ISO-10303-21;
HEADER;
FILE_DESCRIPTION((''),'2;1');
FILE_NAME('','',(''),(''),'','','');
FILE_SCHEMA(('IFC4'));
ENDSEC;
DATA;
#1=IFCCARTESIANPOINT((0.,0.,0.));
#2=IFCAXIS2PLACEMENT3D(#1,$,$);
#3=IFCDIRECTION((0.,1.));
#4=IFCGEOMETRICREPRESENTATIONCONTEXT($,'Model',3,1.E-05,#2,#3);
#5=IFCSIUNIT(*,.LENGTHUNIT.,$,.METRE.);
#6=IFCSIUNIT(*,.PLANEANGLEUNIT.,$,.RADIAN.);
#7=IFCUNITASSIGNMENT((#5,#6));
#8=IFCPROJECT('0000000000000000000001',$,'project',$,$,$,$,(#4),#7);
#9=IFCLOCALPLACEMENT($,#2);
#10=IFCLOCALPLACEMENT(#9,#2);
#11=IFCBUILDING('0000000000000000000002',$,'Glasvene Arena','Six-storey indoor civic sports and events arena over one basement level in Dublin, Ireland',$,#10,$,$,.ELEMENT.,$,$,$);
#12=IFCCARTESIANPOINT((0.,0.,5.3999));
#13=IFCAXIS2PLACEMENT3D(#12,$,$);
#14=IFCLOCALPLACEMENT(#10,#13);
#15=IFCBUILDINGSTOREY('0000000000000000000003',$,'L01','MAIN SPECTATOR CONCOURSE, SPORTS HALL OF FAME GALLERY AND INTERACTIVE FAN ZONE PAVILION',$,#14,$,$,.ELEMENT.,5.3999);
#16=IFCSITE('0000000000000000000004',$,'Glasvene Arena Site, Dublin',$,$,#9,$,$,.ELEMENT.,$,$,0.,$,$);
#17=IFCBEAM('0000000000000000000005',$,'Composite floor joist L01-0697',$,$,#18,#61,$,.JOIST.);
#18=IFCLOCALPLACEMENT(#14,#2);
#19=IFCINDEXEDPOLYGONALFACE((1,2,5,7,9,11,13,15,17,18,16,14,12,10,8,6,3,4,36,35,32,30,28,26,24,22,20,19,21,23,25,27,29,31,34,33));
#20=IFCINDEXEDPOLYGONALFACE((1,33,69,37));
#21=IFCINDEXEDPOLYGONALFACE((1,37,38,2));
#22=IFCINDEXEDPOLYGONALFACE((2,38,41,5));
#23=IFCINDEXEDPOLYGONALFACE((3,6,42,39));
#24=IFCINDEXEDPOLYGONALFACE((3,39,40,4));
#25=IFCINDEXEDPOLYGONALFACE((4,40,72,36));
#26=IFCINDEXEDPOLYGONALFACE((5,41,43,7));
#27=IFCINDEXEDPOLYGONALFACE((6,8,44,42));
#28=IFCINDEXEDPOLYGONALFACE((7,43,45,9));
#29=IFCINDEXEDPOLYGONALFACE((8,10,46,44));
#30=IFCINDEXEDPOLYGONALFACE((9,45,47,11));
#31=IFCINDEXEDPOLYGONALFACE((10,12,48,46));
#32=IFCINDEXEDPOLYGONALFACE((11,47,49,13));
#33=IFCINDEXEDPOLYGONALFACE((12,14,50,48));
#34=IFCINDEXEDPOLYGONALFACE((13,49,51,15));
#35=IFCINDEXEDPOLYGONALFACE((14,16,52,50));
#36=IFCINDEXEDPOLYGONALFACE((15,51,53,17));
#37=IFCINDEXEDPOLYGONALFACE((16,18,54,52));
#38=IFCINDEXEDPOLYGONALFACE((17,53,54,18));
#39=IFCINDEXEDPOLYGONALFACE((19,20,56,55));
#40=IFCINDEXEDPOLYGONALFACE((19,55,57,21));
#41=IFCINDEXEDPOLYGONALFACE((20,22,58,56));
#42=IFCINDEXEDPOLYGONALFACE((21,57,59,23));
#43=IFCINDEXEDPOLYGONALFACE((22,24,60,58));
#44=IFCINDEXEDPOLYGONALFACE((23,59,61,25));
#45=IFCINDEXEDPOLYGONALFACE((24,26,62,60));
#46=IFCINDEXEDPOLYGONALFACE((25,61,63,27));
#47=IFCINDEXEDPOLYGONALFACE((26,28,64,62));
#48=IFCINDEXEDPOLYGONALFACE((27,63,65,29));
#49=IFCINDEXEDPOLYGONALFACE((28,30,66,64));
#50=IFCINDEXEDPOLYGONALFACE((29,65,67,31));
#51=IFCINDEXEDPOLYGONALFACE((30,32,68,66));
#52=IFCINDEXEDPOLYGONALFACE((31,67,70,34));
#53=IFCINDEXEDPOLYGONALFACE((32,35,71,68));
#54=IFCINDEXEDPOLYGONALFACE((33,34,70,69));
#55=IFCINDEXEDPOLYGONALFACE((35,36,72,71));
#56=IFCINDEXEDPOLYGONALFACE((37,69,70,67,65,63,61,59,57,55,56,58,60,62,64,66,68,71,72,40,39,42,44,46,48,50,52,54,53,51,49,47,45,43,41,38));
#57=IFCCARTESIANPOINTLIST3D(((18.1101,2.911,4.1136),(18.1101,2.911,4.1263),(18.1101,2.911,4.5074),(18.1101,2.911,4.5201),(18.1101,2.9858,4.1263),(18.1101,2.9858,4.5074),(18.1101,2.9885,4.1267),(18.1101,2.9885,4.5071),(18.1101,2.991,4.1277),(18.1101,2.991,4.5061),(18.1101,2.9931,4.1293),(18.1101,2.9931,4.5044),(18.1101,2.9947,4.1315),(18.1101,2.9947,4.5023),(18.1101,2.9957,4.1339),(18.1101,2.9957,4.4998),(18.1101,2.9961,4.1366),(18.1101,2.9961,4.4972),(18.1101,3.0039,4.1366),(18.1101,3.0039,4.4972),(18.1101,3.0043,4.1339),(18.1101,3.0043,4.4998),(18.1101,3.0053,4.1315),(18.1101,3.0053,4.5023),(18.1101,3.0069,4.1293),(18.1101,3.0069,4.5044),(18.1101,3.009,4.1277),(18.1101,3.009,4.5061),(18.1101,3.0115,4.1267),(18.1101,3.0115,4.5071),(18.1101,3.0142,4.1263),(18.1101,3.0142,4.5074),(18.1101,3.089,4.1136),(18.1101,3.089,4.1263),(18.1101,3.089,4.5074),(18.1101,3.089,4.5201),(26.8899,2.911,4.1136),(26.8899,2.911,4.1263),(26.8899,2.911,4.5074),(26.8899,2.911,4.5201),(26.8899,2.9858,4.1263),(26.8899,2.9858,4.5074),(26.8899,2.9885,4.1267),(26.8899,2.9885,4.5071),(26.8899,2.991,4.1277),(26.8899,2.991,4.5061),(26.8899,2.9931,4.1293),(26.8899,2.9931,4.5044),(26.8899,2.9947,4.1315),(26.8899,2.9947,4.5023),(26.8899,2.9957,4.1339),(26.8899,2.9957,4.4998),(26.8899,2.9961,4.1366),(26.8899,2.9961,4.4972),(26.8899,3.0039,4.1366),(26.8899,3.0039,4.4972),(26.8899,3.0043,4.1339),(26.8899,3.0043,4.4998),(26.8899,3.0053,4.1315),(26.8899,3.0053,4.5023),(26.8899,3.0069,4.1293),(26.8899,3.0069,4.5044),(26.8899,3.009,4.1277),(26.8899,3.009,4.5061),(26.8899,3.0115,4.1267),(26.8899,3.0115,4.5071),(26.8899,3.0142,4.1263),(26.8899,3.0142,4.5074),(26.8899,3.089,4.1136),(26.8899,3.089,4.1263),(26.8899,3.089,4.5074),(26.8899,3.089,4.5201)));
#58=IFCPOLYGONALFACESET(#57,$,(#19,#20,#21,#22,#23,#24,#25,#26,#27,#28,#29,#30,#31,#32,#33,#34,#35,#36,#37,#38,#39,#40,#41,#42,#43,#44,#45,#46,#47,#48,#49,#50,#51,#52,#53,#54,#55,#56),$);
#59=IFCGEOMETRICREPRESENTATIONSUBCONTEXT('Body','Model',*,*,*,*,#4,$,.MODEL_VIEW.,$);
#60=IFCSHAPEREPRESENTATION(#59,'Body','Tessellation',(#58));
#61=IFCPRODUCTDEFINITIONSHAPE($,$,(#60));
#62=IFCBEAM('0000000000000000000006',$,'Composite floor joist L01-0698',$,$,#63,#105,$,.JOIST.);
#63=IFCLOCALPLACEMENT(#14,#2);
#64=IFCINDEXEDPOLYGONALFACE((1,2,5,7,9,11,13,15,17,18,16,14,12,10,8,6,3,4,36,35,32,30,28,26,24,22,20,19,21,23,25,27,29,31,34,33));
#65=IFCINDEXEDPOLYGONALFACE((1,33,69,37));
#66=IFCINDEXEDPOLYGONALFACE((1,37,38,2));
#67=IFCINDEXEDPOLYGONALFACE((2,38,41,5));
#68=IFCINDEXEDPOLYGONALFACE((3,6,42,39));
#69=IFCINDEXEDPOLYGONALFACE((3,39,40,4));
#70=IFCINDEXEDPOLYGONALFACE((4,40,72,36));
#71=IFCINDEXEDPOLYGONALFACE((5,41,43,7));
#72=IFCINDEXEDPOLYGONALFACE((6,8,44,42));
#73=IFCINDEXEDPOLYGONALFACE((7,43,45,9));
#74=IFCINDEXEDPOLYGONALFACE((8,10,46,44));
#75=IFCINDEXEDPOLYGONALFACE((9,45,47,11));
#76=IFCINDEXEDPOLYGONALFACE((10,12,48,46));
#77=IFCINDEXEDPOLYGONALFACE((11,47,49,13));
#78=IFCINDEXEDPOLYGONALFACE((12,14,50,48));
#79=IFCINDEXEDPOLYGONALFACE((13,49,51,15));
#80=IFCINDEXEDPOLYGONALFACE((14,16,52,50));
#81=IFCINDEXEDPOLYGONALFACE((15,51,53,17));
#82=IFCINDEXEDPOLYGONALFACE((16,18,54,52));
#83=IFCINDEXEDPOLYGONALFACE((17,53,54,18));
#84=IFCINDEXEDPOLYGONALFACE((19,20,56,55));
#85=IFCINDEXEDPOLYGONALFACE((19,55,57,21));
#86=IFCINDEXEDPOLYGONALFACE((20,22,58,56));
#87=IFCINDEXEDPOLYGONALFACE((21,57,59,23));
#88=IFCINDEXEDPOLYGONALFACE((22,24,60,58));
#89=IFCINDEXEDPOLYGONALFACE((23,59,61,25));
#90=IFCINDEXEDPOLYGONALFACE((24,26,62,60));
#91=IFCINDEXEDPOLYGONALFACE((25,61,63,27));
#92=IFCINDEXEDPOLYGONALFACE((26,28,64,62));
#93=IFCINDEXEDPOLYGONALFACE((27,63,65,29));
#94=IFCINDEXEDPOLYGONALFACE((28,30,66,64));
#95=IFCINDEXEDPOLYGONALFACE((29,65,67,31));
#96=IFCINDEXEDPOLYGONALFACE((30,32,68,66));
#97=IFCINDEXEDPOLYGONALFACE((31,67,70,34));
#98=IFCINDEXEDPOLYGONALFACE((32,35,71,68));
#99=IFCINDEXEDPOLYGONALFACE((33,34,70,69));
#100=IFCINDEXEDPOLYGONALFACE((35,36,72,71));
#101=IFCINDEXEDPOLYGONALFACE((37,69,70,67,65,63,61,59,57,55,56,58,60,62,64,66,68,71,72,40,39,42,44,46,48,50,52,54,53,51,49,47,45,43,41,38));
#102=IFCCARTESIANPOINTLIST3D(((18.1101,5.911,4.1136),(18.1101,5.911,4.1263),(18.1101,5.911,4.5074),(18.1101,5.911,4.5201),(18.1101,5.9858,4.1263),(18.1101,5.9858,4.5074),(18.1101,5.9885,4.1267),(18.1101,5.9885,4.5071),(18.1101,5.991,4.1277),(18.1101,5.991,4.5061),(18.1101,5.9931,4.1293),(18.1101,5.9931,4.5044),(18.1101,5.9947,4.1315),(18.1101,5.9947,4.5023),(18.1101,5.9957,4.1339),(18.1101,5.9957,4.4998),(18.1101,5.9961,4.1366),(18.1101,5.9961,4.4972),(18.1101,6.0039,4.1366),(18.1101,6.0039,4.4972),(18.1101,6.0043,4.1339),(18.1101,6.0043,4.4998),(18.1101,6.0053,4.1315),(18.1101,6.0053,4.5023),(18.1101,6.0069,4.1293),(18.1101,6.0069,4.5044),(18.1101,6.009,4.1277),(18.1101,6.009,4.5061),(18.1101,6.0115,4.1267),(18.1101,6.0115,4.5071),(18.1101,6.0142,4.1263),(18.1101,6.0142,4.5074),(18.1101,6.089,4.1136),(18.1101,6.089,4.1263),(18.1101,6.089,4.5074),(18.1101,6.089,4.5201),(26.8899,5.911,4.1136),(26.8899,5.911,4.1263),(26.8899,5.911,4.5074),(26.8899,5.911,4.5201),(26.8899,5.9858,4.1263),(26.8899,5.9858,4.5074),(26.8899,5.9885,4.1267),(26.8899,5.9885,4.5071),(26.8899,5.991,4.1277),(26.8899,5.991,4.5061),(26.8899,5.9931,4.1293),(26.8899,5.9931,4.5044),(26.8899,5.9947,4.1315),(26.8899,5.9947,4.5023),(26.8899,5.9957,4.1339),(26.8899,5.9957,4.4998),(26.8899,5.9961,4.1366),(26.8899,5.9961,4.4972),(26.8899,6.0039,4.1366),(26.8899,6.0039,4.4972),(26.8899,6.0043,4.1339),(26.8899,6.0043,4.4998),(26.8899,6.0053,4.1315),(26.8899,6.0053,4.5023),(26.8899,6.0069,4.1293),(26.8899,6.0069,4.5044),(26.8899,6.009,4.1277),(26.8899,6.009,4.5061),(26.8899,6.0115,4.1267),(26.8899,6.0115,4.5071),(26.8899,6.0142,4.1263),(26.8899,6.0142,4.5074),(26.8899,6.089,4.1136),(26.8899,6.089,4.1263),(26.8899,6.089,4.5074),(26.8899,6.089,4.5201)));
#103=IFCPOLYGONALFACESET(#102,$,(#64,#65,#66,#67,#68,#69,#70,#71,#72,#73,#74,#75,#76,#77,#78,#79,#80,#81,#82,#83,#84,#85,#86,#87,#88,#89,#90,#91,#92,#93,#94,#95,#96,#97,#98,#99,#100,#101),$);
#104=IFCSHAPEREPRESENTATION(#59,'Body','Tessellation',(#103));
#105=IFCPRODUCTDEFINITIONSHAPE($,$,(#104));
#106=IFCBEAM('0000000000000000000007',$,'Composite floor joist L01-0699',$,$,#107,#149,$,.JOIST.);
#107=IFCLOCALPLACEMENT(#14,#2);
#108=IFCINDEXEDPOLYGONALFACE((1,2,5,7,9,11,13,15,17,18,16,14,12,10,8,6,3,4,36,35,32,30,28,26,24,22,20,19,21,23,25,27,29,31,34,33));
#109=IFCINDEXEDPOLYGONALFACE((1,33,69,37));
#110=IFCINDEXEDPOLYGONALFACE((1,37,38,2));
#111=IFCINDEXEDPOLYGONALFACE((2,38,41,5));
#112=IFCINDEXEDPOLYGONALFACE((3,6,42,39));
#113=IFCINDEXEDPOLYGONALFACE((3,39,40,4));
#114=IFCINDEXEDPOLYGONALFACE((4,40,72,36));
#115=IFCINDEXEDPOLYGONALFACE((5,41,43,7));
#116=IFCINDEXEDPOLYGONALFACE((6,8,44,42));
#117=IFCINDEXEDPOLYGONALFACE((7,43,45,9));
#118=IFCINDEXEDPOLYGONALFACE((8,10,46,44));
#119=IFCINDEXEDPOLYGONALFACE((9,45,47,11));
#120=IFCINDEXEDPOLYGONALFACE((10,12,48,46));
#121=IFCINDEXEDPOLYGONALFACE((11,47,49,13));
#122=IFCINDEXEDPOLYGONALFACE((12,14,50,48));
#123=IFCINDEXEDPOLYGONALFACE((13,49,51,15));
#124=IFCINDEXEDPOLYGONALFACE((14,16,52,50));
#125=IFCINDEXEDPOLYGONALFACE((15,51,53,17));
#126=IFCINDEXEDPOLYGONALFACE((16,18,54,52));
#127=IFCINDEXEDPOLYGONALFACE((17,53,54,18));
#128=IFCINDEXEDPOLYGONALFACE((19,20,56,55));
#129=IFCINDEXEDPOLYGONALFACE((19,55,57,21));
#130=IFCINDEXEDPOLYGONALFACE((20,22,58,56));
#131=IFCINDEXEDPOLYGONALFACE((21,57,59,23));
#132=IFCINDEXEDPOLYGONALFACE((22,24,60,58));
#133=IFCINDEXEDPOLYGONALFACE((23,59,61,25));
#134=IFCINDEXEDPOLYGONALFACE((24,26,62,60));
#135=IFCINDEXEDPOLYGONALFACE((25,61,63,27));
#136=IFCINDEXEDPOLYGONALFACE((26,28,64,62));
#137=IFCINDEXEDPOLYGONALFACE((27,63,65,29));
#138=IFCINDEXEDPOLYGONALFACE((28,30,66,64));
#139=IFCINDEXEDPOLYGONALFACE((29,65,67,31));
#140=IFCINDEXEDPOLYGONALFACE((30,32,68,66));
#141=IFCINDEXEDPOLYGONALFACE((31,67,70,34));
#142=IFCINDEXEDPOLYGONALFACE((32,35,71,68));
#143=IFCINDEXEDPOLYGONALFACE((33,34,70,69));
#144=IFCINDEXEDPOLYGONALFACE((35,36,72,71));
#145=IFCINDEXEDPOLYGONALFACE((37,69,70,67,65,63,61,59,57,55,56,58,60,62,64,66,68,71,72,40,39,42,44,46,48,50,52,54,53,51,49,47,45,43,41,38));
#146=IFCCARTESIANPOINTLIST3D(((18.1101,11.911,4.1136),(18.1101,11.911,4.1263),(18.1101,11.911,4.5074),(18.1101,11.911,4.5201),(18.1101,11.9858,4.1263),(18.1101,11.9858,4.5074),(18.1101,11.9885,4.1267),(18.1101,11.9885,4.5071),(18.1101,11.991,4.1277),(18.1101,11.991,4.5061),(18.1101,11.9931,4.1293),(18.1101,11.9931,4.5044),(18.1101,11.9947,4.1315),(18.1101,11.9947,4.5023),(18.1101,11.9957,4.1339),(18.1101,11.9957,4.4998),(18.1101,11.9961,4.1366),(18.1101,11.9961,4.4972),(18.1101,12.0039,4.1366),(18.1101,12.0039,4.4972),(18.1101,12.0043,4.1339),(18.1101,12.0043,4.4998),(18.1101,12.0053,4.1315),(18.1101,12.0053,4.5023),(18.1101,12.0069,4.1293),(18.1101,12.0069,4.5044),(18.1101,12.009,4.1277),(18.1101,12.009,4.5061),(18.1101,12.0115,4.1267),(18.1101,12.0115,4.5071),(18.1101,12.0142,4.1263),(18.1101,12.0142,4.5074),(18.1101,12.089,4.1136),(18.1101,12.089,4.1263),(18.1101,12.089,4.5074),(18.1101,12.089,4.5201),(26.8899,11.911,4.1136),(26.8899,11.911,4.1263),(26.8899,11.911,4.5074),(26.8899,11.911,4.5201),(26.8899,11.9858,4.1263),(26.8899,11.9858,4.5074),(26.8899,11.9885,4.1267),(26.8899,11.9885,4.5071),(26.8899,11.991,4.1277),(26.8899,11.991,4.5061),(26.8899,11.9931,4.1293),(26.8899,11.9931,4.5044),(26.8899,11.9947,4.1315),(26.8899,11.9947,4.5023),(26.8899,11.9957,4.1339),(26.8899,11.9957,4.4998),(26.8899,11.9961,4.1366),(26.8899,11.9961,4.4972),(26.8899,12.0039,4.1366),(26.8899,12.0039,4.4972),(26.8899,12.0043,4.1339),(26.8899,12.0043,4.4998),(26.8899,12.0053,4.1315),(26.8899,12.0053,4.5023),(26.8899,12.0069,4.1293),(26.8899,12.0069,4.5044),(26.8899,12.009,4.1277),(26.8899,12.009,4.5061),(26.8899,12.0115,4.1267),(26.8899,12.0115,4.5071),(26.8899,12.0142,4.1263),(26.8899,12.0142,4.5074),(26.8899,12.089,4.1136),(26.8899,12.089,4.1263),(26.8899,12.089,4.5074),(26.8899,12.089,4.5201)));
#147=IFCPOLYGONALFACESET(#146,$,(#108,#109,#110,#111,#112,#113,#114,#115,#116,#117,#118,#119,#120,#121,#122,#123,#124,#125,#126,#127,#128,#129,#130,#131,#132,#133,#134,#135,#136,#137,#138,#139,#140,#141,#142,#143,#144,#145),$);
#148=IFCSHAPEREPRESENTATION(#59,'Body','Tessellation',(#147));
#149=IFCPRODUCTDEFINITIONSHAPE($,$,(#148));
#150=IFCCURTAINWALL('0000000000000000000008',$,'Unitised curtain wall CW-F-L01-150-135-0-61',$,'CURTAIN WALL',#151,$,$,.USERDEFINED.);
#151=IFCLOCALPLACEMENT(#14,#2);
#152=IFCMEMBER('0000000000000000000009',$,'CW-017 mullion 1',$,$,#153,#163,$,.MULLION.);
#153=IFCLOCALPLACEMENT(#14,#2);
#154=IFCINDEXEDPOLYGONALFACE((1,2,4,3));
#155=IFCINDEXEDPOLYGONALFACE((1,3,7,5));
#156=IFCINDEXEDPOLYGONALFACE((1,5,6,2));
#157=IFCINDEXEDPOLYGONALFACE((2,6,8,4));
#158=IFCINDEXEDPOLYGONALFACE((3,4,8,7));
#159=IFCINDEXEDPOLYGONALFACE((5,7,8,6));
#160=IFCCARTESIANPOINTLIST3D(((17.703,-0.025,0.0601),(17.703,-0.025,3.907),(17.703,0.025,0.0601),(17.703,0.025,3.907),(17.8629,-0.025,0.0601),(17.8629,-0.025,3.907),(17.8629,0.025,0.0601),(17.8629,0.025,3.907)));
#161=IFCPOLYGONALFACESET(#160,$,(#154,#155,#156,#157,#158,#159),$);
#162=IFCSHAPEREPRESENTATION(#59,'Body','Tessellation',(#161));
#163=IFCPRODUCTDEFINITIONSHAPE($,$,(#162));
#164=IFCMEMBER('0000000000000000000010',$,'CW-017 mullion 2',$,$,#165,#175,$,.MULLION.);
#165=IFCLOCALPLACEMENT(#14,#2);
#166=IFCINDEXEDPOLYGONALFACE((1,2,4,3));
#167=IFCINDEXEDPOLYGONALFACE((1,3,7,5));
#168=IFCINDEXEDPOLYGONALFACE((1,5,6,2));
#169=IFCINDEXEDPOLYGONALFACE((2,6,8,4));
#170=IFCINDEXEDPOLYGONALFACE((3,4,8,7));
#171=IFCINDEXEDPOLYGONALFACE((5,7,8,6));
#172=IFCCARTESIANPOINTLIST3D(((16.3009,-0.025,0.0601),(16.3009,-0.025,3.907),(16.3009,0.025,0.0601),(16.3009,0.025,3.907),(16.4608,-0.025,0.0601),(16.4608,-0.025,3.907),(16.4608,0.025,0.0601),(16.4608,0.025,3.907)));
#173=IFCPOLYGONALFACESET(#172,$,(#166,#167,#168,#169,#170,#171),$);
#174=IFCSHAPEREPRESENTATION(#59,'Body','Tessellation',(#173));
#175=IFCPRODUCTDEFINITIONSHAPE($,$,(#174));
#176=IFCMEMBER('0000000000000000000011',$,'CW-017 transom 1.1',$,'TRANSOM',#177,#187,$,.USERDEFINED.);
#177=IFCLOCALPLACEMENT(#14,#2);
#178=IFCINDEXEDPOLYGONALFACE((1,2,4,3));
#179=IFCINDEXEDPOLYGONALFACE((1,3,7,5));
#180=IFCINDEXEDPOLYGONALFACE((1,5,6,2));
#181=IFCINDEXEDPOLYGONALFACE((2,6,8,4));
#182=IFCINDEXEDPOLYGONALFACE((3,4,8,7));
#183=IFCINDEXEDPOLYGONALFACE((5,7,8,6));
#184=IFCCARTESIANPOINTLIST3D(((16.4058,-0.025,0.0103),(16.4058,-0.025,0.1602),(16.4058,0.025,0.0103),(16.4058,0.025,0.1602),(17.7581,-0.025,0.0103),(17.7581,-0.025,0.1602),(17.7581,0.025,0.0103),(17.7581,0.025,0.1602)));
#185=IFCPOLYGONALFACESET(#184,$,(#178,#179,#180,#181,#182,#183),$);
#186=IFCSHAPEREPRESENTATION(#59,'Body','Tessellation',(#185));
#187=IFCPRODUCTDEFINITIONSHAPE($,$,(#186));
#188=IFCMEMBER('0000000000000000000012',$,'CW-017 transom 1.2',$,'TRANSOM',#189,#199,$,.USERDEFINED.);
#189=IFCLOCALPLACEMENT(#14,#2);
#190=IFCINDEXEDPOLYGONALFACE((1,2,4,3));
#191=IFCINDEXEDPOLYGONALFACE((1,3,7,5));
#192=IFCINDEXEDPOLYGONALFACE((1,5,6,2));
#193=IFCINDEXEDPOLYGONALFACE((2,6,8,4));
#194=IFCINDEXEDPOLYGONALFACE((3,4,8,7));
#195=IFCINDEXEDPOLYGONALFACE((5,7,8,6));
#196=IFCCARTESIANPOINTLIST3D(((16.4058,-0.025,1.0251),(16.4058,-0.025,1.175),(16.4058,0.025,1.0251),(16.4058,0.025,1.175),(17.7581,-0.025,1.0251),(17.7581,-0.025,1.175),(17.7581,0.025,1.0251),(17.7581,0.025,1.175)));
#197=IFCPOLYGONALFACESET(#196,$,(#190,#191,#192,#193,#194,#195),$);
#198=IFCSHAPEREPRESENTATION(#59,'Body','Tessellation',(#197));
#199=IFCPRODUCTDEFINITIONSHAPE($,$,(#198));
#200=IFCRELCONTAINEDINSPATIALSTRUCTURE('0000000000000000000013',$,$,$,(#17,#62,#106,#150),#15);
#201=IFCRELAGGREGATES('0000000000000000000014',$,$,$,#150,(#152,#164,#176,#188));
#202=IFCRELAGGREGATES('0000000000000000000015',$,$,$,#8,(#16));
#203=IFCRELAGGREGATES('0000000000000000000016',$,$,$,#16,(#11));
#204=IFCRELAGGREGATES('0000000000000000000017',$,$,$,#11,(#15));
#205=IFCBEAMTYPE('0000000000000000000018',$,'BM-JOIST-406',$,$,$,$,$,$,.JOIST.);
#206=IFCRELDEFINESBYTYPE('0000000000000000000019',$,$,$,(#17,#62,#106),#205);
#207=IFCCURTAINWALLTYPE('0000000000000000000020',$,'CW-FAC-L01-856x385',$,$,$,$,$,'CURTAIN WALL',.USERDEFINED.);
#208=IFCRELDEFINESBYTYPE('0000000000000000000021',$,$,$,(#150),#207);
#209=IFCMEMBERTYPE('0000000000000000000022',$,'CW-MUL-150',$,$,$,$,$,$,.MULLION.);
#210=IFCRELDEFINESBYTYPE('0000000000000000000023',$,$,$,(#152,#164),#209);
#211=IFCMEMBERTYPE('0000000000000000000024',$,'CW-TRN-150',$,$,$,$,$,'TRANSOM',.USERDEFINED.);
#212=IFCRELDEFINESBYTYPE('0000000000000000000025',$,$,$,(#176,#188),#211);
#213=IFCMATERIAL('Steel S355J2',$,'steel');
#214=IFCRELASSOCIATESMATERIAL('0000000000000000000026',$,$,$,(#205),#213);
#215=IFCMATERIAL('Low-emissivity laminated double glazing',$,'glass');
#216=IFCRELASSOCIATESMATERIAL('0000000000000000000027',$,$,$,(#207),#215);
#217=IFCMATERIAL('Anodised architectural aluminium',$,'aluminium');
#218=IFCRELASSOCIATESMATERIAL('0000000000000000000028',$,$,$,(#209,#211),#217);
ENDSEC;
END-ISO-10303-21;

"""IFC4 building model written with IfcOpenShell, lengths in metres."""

from ifc_helpers import new_model, si_unit, direction, frame, origin, origin_2d, place, context, subcontext, project, spatial, rectangle, i_section, extrude, material, material_profile, profile_set, type_object, element, aggregate, save


model = new_model("IFC4")

# Units and contexts
model_context = context("Model", 3, precision=1e-05, world=origin(), true_north=direction((0.0, 1.0)))
body_context = subcontext(model_context, "Body", "Model", "MODEL_VIEW")
ifc_project = project(units=[si_unit("LENGTHUNIT", "METRE"), si_unit("PLANEANGLEUNIT", "RADIAN")], contexts=[model_context])

# Site, building, storey
site_placement = place(None, origin())
site = spatial("IfcSite", under=ifc_project, at=site_placement, Name="Glasvene Arena Site, Dublin", CompositionType="ELEMENT", RefElevation=0.0)
building_placement = place(site_placement, origin())
building = spatial("IfcBuilding", under=site, at=building_placement, Name="Glasvene Arena", Description="Six-storey indoor civic sports and events arena over one basement level in Dublin, Ireland", CompositionType="ELEMENT")
storey_placement = place(building_placement, frame((0.0, 0.0, 5.3999)))
storey = spatial("IfcBuildingStorey", under=building, at=storey_placement, Name="L01", Description="MAIN SPECTATOR CONCOURSE, SPORTS HALL OF FAME GALLERY AND INTERACTIVE FAN ZONE PAVILION", CompositionType="ELEMENT", Elevation=5.3999)

# Shared definitions
ifc_material_1 = material(Name="Steel S355J2", Category="steel")

# Beams
ifc_material_profile_1 = material_profile(ifc_material_1, i_section(OverallWidth=0.178, OverallDepth=0.4065, WebThickness=0.0078, FlangeThickness=0.0127, FilletRadius=0.0103, at=origin_2d()), Name="UKB 406x178x60")
ifc_profile_set_1 = profile_set([ifc_material_profile_1], Name="Steel S355J2")
beam_type_1 = type_object("IfcBeamType", Name="BM-JOIST-406", PredefinedType="JOIST", material=ifc_profile_set_1)
for number, where, z_axis, x_axis, name in (
    (1, (18.1101, 3.0, 4.3169), (1.0, 0.0, 0.0), (0.0, 1.0, 0.0), "Composite floor joist L01-0697"),
    (2, (18.1101, 6.0, 4.3169), (1.0, 0.0, 0.0), (0.0, 1.0, 0.0), "Composite floor joist L01-0698"),
    (3, (18.1101, 12.0, 4.3169), (1.0, 0.0, 0.0), (0.0, 1.0, 0.0), "Composite floor joist L01-0699"),
):
    element("IfcBeam", number, at=place(storey_placement, frame(where, z_axis=z_axis, x_axis=x_axis)), inside=storey, type_object=beam_type_1, Name=name, PredefinedType="JOIST", context=body_context, shape_type="SweptSolid", body=[
        extrude(i_section(OverallWidth=0.178, OverallDepth=0.4065, WebThickness=0.0078, FlangeThickness=0.0127, FilletRadius=0.0103, at=origin_2d()), origin(), (0.0, 0.0, 1.0), 8.7798),
    ])

# Curtain wall, members
ifc_material_2 = material(Name="Low-emissivity laminated double glazing", Category="glass")
curtain_wall_type = type_object("IfcCurtainWallType", Name="CW-FAC-L01-856x385", ElementType="CURTAIN WALL", PredefinedType="USERDEFINED", material=ifc_material_2)
curtain_wall_placement = place(storey_placement, frame((17.8081, 0.0, 0.0)))
curtain_wall = element("IfcCurtainWall", 4, at=curtain_wall_placement, inside=storey, type_object=curtain_wall_type, Name="Unitised curtain wall CW-F-L01-150-135-0-61", ObjectType="CURTAIN WALL", PredefinedType="USERDEFINED")
ifc_material_3 = material(Name="Anodised architectural aluminium", Category="aluminium")
ifc_material_profile_2 = material_profile(ifc_material_3, rectangle(XDim=0.05, YDim=0.1599, at=origin_2d()), Name="ALU MULLION 50x160")
ifc_profile_set_2 = profile_set([ifc_material_profile_2], Name="Anodised architectural aluminium")
member_type_1 = type_object("IfcMemberType", Name="CW-MUL-150", PredefinedType="MULLION", material=ifc_profile_set_2)
member_1_placement = place(storey_placement, frame((17.783, 0.0, 0.0601), z_axis=(0.0, 0.0, 1.0), x_axis=(0.0, -1.0, 0.0)))
member_1 = element("IfcMember", 5, at=member_1_placement, type_object=member_type_1, Name="CW-017 mullion 1", PredefinedType="MULLION", context=body_context, shape_type="SweptSolid", body=[
    extrude(rectangle(XDim=0.05, YDim=0.1599, at=origin_2d()), origin(), (0.0, 0.0, 1.0), 3.8469),
])
member_2_placement = place(storey_placement, frame((16.3809, 0.0, 0.0601), z_axis=(0.0, 0.0, 1.0), x_axis=(0.0, -1.0, 0.0)))
member_2 = element("IfcMember", 6, at=member_2_placement, type_object=member_type_1, Name="CW-017 mullion 2", PredefinedType="MULLION", context=body_context, shape_type="SweptSolid", body=[
    extrude(rectangle(XDim=0.05, YDim=0.1599, at=origin_2d()), origin(), (0.0, 0.0, 1.0), 3.8469),
])
ifc_material_profile_3 = material_profile(ifc_material_3, rectangle(XDim=0.05, YDim=0.1499, at=origin_2d()), Name="ALU TRANSOM 50x150")
ifc_profile_set_3 = profile_set([ifc_material_profile_3], Name="Anodised architectural aluminium")
member_type_2 = type_object("IfcMemberType", Name="CW-TRN-150", ElementType="TRANSOM", PredefinedType="USERDEFINED", material=ifc_profile_set_3)
member_3_placement = place(storey_placement, frame((17.7581, 0.0, 0.0852), z_axis=(-1.0, 0.0, 0.0), x_axis=(0.0, -1.0, 0.0)))
member_3 = element("IfcMember", 7, at=member_3_placement, type_object=member_type_2, Name="CW-017 transom 1.1", ObjectType="TRANSOM", PredefinedType="USERDEFINED", context=body_context, shape_type="SweptSolid", body=[
    extrude(rectangle(XDim=0.05, YDim=0.1499, at=origin_2d()), origin(), (0.0, 0.0, 1.0), 1.3523),
])
member_4_placement = place(storey_placement, frame((17.7581, 0.0, 1.1001), z_axis=(-1.0, 0.0, 0.0), x_axis=(0.0, -1.0, 0.0)))
member_4 = element("IfcMember", 8, at=member_4_placement, type_object=member_type_2, Name="CW-017 transom 1.2", ObjectType="TRANSOM", PredefinedType="USERDEFINED", context=body_context, shape_type="SweptSolid", body=[
    extrude(rectangle(XDim=0.05, YDim=0.1499, at=origin_2d()), origin(), (0.0, 0.0, 1.0), 1.3523),
])
aggregate(curtain_wall, [member_1, member_2, member_3, member_4])

save(model, "model.ifc")
